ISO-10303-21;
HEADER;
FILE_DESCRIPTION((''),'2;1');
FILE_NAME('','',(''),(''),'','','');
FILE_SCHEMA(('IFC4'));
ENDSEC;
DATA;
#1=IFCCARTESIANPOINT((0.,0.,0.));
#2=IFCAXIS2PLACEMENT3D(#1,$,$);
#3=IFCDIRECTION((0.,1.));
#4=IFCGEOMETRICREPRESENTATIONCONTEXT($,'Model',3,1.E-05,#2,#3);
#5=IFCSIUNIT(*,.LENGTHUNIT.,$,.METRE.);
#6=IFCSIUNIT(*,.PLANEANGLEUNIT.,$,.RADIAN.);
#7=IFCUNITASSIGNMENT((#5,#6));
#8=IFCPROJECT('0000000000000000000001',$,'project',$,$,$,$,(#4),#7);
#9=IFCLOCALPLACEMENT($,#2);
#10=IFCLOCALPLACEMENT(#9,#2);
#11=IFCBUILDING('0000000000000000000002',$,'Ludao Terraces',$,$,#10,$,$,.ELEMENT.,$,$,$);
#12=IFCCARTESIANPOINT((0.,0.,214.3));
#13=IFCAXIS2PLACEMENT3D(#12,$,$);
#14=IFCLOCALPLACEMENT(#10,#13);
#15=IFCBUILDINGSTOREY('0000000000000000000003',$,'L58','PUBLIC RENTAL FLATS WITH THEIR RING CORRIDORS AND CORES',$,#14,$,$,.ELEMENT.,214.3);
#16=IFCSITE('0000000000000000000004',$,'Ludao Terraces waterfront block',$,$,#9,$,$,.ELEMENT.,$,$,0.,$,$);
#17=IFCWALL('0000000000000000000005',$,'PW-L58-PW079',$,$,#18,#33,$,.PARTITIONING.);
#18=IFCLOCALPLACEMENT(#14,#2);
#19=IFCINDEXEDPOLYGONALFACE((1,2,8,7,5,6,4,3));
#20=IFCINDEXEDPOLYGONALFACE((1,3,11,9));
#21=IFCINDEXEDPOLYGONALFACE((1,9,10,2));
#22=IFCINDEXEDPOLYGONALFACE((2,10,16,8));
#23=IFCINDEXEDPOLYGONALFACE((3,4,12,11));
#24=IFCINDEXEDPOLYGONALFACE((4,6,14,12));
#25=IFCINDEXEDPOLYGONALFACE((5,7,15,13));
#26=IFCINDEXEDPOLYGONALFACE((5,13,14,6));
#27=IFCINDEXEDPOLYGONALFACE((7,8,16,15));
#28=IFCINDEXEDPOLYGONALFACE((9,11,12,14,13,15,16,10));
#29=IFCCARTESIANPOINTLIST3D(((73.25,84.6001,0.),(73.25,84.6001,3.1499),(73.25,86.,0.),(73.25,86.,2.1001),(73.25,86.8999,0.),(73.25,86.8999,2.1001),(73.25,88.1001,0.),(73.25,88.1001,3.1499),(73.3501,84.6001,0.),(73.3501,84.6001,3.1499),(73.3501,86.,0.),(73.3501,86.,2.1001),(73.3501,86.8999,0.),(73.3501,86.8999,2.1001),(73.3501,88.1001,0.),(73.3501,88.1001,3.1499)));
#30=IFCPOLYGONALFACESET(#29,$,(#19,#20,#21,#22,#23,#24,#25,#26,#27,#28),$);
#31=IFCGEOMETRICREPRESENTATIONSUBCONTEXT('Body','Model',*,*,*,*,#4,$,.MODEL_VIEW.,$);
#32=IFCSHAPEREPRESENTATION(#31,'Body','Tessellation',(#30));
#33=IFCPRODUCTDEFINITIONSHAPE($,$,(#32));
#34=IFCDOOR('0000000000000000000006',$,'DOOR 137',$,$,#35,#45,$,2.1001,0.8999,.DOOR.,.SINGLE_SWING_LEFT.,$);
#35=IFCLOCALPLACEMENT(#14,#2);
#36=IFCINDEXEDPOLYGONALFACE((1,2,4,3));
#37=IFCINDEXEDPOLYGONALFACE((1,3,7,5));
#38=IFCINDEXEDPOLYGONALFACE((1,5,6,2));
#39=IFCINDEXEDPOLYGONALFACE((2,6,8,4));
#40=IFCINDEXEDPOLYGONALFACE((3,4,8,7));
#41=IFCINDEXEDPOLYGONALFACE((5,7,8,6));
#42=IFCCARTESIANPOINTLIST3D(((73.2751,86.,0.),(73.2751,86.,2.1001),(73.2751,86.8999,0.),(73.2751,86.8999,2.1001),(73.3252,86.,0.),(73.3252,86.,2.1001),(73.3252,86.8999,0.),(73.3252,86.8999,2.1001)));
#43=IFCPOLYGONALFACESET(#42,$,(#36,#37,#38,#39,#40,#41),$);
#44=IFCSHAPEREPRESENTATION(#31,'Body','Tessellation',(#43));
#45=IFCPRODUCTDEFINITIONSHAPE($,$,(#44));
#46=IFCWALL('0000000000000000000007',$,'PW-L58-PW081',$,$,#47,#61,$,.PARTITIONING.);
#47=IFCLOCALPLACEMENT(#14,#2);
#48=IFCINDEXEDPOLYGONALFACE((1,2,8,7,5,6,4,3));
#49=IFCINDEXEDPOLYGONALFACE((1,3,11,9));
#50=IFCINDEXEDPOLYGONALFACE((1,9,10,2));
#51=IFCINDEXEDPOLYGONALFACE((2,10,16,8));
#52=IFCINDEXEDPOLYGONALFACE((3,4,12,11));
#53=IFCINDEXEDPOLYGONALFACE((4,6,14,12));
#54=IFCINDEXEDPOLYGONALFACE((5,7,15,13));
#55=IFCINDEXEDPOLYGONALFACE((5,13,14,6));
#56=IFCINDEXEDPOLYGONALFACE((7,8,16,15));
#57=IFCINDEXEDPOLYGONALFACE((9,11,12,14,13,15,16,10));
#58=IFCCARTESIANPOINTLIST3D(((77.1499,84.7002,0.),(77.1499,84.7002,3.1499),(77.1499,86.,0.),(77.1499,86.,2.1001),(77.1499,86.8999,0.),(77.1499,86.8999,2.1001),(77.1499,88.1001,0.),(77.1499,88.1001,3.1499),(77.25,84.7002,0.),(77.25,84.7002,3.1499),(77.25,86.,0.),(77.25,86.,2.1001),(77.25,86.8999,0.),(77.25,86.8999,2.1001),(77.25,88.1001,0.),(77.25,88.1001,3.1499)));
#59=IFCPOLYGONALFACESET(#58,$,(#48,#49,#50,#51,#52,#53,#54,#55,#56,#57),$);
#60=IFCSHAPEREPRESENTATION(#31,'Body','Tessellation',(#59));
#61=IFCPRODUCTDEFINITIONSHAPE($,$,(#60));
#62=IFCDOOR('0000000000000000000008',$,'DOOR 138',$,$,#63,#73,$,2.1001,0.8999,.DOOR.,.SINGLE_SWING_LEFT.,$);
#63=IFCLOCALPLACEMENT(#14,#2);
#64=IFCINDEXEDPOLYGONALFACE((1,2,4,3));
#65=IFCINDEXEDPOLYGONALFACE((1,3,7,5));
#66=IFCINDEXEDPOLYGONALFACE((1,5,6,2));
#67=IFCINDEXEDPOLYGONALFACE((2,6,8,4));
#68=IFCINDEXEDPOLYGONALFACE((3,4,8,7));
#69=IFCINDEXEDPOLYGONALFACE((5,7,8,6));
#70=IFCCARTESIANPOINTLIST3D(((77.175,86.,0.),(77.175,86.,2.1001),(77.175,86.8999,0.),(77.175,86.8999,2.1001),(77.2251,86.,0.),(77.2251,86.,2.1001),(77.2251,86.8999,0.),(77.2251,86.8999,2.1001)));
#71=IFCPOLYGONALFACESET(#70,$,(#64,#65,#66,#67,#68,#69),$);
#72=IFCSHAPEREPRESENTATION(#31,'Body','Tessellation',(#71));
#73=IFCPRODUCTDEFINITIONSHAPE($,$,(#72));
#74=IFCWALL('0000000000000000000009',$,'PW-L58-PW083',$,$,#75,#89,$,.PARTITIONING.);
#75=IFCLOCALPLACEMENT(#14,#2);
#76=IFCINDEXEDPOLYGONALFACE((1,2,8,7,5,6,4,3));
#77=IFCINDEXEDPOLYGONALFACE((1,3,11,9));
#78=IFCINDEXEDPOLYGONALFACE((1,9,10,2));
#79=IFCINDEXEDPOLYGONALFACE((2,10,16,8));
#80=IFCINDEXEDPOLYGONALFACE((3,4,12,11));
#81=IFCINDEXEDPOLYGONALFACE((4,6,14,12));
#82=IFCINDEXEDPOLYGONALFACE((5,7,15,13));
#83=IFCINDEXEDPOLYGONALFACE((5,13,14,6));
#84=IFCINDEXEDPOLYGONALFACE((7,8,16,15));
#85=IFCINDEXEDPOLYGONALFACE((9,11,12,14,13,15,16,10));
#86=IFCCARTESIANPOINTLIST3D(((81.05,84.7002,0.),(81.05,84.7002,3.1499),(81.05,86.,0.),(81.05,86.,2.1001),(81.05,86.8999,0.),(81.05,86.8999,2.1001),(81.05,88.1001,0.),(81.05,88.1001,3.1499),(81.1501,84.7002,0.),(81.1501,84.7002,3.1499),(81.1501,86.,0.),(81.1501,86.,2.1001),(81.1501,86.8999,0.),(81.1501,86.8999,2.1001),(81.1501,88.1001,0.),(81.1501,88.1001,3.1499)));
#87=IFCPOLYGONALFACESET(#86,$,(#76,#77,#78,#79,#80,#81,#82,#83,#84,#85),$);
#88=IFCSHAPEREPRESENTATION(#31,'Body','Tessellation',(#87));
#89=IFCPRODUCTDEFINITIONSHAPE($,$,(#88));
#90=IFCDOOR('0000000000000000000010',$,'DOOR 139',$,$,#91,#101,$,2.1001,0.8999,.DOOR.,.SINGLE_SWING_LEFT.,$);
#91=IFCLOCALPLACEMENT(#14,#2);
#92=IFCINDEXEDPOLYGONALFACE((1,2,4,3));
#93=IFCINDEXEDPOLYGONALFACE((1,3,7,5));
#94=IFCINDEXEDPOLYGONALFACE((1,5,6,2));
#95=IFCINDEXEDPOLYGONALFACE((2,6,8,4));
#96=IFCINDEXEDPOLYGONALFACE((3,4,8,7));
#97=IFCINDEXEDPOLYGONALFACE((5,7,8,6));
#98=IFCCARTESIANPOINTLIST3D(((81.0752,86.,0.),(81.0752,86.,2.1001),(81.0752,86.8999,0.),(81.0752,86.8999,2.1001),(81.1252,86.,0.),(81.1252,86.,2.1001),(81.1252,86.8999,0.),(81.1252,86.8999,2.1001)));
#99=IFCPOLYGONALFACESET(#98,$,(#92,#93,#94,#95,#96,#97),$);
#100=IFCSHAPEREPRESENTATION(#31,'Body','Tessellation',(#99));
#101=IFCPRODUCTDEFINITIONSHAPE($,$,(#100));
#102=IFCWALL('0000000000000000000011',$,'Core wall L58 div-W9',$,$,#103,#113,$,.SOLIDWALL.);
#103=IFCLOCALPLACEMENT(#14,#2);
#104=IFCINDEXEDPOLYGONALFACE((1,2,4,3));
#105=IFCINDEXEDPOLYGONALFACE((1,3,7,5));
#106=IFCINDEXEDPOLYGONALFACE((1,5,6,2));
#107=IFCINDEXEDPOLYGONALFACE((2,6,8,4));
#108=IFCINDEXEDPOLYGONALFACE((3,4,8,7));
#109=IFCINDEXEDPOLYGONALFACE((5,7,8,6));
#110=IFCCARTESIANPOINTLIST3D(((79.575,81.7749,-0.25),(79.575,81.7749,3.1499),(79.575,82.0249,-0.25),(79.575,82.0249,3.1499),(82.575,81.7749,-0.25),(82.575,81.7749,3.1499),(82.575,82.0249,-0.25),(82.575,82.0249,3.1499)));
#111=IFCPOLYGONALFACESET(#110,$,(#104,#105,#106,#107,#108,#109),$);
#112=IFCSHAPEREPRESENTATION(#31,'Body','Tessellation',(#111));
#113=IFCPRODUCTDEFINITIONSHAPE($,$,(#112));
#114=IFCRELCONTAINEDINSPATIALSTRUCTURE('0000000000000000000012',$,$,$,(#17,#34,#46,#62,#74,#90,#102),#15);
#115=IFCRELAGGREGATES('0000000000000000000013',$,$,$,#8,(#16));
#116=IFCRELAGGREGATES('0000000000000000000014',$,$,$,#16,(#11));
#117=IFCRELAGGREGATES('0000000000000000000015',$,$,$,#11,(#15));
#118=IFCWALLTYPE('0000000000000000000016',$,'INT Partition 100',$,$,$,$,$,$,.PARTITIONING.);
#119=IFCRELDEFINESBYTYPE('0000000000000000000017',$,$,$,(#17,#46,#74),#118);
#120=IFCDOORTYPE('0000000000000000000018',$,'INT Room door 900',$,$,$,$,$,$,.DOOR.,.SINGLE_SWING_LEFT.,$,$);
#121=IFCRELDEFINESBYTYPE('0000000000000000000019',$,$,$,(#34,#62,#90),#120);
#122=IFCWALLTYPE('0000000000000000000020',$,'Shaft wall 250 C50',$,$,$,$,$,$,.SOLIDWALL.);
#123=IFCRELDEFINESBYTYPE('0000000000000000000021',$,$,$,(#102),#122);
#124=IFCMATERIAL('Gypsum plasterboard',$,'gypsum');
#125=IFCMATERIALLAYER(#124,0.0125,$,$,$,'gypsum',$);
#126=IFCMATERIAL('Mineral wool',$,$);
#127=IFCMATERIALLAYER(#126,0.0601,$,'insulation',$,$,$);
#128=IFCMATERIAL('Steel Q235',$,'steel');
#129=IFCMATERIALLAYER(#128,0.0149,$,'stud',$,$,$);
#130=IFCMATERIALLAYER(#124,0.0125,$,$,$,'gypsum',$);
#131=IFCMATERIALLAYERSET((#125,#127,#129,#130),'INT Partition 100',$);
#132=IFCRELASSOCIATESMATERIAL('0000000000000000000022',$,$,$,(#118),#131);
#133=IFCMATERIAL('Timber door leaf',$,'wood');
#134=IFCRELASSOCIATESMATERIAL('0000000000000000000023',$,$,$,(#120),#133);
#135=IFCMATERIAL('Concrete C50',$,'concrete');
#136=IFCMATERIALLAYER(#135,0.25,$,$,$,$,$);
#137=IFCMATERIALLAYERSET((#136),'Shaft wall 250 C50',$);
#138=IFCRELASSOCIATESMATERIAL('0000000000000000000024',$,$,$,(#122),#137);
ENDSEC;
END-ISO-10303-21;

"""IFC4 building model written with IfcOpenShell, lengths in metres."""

from ifc_helpers import new_model, si_unit, direction, frame, frame_2d, origin, place, context, subcontext, project, spatial, rectangle, extrude, material, layer, layer_set, type_object, element, fill, save


model = new_model("IFC4")

# Units and contexts
model_context = context("Model", 3, precision=1e-05, world=origin(), true_north=direction((0.0, 1.0)))
body_context = subcontext(model_context, "Body", "Model", "MODEL_VIEW")
ifc_project = project(units=[si_unit("LENGTHUNIT", "METRE"), si_unit("PLANEANGLEUNIT", "RADIAN")], contexts=[model_context])

# Site, building, storey
site_placement = place(None, origin())
site = spatial("IfcSite", under=ifc_project, at=site_placement, Name="Ludao Terraces waterfront block", CompositionType="ELEMENT", RefElevation=0.0)
building_placement = place(site_placement, origin())
building = spatial("IfcBuilding", under=site, at=building_placement, Name="Ludao Terraces", CompositionType="ELEMENT")
storey_placement = place(building_placement, frame((0.0, 0.0, 214.3)))
storey = spatial("IfcBuildingStorey", under=building, at=storey_placement, Name="L58", Description="PUBLIC RENTAL FLATS WITH THEIR RING CORRIDORS AND CORES", CompositionType="ELEMENT", Elevation=214.3)

# Shared definitions
ifc_material_1 = material(Name="Concrete C50", Category="concrete")

# Shared definitions
ifc_material_2 = material(Name="Mineral wool")

# Walls, openings, doors
ifc_material_3 = material(Name="Gypsum plasterboard", Category="gypsum")
ifc_layer_1 = layer(ifc_material_3, 0.0125, Category="gypsum")
ifc_layer_2 = layer(ifc_material_2, 0.0601, Name="insulation")
ifc_material_4 = material(Name="Steel Q235", Category="steel")
ifc_layer_3 = layer(ifc_material_4, 0.0149, Name="stud")
ifc_layer_4 = layer(ifc_material_3, 0.0125, Category="gypsum")
ifc_layer_set_1 = layer_set([ifc_layer_1, ifc_layer_2, ifc_layer_3, ifc_layer_4], Name="INT Partition 100")
wall_type_1 = type_object("IfcWallType", Name="INT Partition 100", PredefinedType="PARTITIONING", material=ifc_layer_set_1)
wall_1_placement = place(storey_placement, frame((73.3, 84.6001, 0.0), z_axis=(0.0, 0.0, 1.0), x_axis=(0.0, 1.0, 0.0)))
wall_1 = element("IfcWall", 1, at=wall_1_placement, inside=storey, type_object=wall_type_1, Name="PW-L58-PW079", PredefinedType="PARTITIONING", context=body_context, shape_type="SweptSolid", body=[
    extrude(rectangle(XDim=3.5, YDim=0.1001, at=frame_2d((1.75, 0.0))), origin(), (0.0, 0.0, 1.0), 3.1499),
])
opening_1_placement = place(wall_1_placement, frame((1.3999, 0.0, 0.0)))
opening_1 = element("IfcOpeningElement", 2, at=opening_1_placement, cuts=wall_1, PredefinedType="OPENING", context=body_context, shape_type="SweptSolid", body=[
    extrude(rectangle(XDim=0.8999, YDim=2.1001, at=frame_2d((0.45, 1.05))), frame((0.0, 0.0601, 0.0), z_axis=(0.0, -1.0, 0.0), x_axis=(1.0, 0.0, 0.0)), (0.0, 0.0, 1.0), 0.1201),
])
ifc_material_5 = material(Name="Timber door leaf", Category="wood")
door_type = type_object("IfcDoorType", Name="INT Room door 900", OperationType="SINGLE_SWING_LEFT", PredefinedType="DOOR", material=ifc_material_5)
door_1_placement = place(opening_1_placement, origin())
door_1 = element("IfcDoor", 3, at=door_1_placement, inside=storey, type_object=door_type, Name="DOOR 137", OperationType="SINGLE_SWING_LEFT", OverallHeight=2.1001, OverallWidth=0.8999, PredefinedType="DOOR", context=body_context, shape_type="SweptSolid", body=[
    extrude(rectangle(XDim=0.8999, YDim=2.1001, at=frame_2d((0.45, 1.05))), frame((0.0, 0.0249, 0.0), z_axis=(0.0, -1.0, 0.0), x_axis=(1.0, 0.0, 0.0)), (0.0, 0.0, 1.0), 0.05),
])
fill(opening_1, door_1)
wall_2_placement = place(storey_placement, frame((77.2, 84.7002, 0.0), z_axis=(0.0, 0.0, 1.0), x_axis=(0.0, 1.0, 0.0)))
wall_2 = element("IfcWall", 4, at=wall_2_placement, inside=storey, type_object=wall_type_1, Name="PW-L58-PW081", PredefinedType="PARTITIONING", context=body_context, shape_type="SweptSolid", body=[
    extrude(rectangle(XDim=3.3999, YDim=0.1001, at=frame_2d((1.7, 0.0))), origin(), (0.0, 0.0, 1.0), 3.1499),
])
opening_2_placement = place(wall_2_placement, frame((1.2998, 0.0, 0.0)))
opening_2 = element("IfcOpeningElement", 5, at=opening_2_placement, cuts=wall_2, PredefinedType="OPENING", context=body_context, shape_type="SweptSolid", body=[
    extrude(rectangle(XDim=0.8999, YDim=2.1001, at=frame_2d((0.45, 1.05))), frame((0.0, 0.0601, 0.0), z_axis=(0.0, -1.0, 0.0), x_axis=(1.0, 0.0, 0.0)), (0.0, 0.0, 1.0), 0.1201),
])
door_2_placement = place(opening_2_placement, origin())
door_2 = element("IfcDoor", 6, at=door_2_placement, inside=storey, type_object=door_type, Name="DOOR 138", OperationType="SINGLE_SWING_LEFT", OverallHeight=2.1001, OverallWidth=0.8999, PredefinedType="DOOR", context=body_context, shape_type="SweptSolid", body=[
    extrude(rectangle(XDim=0.8999, YDim=2.1001, at=frame_2d((0.45, 1.05))), frame((0.0, 0.0249, 0.0), z_axis=(0.0, -1.0, 0.0), x_axis=(1.0, 0.0, 0.0)), (0.0, 0.0, 1.0), 0.05),
])
fill(opening_2, door_2)
wall_3_placement = place(storey_placement, frame((81.1001, 84.7002, 0.0), z_axis=(0.0, 0.0, 1.0), x_axis=(0.0, 1.0, 0.0)))
wall_3 = element("IfcWall", 7, at=wall_3_placement, inside=storey, type_object=wall_type_1, Name="PW-L58-PW083", PredefinedType="PARTITIONING", context=body_context, shape_type="SweptSolid", body=[
    extrude(rectangle(XDim=3.3999, YDim=0.1001, at=frame_2d((1.7, 0.0))), origin(), (0.0, 0.0, 1.0), 3.1499),
])
opening_3_placement = place(wall_3_placement, frame((1.2998, 0.0, 0.0)))
opening_3 = element("IfcOpeningElement", 8, at=opening_3_placement, cuts=wall_3, PredefinedType="OPENING", context=body_context, shape_type="SweptSolid", body=[
    extrude(rectangle(XDim=0.8999, YDim=2.1001, at=frame_2d((0.45, 1.05))), frame((0.0, 0.0601, 0.0), z_axis=(0.0, -1.0, 0.0), x_axis=(1.0, 0.0, 0.0)), (0.0, 0.0, 1.0), 0.1201),
])
door_3_placement = place(opening_3_placement, origin())
door_3 = element("IfcDoor", 9, at=door_3_placement, inside=storey, type_object=door_type, Name="DOOR 139", OperationType="SINGLE_SWING_LEFT", OverallHeight=2.1001, OverallWidth=0.8999, PredefinedType="DOOR", context=body_context, shape_type="SweptSolid", body=[
    extrude(rectangle(XDim=0.8999, YDim=2.1001, at=frame_2d((0.45, 1.05))), frame((0.0, 0.0249, 0.0), z_axis=(0.0, -1.0, 0.0), x_axis=(1.0, 0.0, 0.0)), (0.0, 0.0, 1.0), 0.05),
])
fill(opening_3, door_3)

# Wall
ifc_layer_5 = layer(ifc_material_1, 0.25)
ifc_layer_set_2 = layer_set([ifc_layer_5], Name="Shaft wall 250 C50")
wall_type_2 = type_object("IfcWallType", Name="Shaft wall 250 C50", PredefinedType="SOLIDWALL", material=ifc_layer_set_2)
wall_4_placement = place(storey_placement, frame((79.575, 81.8999, -0.25), z_axis=(0.0, 0.0, 1.0), x_axis=(1.0, 0.0, 0.0)))
element("IfcWall", 10, at=wall_4_placement, inside=storey, type_object=wall_type_2, Name="Core wall L58 div-W9", PredefinedType="SOLIDWALL", context=body_context, shape_type="SweptSolid", body=[
    extrude(rectangle(XDim=3.0, YDim=0.25, at=frame_2d((1.5, 0.0))), origin(), (0.0, 0.0, 1.0), 3.3999),
])

save(model, "model.ifc")
